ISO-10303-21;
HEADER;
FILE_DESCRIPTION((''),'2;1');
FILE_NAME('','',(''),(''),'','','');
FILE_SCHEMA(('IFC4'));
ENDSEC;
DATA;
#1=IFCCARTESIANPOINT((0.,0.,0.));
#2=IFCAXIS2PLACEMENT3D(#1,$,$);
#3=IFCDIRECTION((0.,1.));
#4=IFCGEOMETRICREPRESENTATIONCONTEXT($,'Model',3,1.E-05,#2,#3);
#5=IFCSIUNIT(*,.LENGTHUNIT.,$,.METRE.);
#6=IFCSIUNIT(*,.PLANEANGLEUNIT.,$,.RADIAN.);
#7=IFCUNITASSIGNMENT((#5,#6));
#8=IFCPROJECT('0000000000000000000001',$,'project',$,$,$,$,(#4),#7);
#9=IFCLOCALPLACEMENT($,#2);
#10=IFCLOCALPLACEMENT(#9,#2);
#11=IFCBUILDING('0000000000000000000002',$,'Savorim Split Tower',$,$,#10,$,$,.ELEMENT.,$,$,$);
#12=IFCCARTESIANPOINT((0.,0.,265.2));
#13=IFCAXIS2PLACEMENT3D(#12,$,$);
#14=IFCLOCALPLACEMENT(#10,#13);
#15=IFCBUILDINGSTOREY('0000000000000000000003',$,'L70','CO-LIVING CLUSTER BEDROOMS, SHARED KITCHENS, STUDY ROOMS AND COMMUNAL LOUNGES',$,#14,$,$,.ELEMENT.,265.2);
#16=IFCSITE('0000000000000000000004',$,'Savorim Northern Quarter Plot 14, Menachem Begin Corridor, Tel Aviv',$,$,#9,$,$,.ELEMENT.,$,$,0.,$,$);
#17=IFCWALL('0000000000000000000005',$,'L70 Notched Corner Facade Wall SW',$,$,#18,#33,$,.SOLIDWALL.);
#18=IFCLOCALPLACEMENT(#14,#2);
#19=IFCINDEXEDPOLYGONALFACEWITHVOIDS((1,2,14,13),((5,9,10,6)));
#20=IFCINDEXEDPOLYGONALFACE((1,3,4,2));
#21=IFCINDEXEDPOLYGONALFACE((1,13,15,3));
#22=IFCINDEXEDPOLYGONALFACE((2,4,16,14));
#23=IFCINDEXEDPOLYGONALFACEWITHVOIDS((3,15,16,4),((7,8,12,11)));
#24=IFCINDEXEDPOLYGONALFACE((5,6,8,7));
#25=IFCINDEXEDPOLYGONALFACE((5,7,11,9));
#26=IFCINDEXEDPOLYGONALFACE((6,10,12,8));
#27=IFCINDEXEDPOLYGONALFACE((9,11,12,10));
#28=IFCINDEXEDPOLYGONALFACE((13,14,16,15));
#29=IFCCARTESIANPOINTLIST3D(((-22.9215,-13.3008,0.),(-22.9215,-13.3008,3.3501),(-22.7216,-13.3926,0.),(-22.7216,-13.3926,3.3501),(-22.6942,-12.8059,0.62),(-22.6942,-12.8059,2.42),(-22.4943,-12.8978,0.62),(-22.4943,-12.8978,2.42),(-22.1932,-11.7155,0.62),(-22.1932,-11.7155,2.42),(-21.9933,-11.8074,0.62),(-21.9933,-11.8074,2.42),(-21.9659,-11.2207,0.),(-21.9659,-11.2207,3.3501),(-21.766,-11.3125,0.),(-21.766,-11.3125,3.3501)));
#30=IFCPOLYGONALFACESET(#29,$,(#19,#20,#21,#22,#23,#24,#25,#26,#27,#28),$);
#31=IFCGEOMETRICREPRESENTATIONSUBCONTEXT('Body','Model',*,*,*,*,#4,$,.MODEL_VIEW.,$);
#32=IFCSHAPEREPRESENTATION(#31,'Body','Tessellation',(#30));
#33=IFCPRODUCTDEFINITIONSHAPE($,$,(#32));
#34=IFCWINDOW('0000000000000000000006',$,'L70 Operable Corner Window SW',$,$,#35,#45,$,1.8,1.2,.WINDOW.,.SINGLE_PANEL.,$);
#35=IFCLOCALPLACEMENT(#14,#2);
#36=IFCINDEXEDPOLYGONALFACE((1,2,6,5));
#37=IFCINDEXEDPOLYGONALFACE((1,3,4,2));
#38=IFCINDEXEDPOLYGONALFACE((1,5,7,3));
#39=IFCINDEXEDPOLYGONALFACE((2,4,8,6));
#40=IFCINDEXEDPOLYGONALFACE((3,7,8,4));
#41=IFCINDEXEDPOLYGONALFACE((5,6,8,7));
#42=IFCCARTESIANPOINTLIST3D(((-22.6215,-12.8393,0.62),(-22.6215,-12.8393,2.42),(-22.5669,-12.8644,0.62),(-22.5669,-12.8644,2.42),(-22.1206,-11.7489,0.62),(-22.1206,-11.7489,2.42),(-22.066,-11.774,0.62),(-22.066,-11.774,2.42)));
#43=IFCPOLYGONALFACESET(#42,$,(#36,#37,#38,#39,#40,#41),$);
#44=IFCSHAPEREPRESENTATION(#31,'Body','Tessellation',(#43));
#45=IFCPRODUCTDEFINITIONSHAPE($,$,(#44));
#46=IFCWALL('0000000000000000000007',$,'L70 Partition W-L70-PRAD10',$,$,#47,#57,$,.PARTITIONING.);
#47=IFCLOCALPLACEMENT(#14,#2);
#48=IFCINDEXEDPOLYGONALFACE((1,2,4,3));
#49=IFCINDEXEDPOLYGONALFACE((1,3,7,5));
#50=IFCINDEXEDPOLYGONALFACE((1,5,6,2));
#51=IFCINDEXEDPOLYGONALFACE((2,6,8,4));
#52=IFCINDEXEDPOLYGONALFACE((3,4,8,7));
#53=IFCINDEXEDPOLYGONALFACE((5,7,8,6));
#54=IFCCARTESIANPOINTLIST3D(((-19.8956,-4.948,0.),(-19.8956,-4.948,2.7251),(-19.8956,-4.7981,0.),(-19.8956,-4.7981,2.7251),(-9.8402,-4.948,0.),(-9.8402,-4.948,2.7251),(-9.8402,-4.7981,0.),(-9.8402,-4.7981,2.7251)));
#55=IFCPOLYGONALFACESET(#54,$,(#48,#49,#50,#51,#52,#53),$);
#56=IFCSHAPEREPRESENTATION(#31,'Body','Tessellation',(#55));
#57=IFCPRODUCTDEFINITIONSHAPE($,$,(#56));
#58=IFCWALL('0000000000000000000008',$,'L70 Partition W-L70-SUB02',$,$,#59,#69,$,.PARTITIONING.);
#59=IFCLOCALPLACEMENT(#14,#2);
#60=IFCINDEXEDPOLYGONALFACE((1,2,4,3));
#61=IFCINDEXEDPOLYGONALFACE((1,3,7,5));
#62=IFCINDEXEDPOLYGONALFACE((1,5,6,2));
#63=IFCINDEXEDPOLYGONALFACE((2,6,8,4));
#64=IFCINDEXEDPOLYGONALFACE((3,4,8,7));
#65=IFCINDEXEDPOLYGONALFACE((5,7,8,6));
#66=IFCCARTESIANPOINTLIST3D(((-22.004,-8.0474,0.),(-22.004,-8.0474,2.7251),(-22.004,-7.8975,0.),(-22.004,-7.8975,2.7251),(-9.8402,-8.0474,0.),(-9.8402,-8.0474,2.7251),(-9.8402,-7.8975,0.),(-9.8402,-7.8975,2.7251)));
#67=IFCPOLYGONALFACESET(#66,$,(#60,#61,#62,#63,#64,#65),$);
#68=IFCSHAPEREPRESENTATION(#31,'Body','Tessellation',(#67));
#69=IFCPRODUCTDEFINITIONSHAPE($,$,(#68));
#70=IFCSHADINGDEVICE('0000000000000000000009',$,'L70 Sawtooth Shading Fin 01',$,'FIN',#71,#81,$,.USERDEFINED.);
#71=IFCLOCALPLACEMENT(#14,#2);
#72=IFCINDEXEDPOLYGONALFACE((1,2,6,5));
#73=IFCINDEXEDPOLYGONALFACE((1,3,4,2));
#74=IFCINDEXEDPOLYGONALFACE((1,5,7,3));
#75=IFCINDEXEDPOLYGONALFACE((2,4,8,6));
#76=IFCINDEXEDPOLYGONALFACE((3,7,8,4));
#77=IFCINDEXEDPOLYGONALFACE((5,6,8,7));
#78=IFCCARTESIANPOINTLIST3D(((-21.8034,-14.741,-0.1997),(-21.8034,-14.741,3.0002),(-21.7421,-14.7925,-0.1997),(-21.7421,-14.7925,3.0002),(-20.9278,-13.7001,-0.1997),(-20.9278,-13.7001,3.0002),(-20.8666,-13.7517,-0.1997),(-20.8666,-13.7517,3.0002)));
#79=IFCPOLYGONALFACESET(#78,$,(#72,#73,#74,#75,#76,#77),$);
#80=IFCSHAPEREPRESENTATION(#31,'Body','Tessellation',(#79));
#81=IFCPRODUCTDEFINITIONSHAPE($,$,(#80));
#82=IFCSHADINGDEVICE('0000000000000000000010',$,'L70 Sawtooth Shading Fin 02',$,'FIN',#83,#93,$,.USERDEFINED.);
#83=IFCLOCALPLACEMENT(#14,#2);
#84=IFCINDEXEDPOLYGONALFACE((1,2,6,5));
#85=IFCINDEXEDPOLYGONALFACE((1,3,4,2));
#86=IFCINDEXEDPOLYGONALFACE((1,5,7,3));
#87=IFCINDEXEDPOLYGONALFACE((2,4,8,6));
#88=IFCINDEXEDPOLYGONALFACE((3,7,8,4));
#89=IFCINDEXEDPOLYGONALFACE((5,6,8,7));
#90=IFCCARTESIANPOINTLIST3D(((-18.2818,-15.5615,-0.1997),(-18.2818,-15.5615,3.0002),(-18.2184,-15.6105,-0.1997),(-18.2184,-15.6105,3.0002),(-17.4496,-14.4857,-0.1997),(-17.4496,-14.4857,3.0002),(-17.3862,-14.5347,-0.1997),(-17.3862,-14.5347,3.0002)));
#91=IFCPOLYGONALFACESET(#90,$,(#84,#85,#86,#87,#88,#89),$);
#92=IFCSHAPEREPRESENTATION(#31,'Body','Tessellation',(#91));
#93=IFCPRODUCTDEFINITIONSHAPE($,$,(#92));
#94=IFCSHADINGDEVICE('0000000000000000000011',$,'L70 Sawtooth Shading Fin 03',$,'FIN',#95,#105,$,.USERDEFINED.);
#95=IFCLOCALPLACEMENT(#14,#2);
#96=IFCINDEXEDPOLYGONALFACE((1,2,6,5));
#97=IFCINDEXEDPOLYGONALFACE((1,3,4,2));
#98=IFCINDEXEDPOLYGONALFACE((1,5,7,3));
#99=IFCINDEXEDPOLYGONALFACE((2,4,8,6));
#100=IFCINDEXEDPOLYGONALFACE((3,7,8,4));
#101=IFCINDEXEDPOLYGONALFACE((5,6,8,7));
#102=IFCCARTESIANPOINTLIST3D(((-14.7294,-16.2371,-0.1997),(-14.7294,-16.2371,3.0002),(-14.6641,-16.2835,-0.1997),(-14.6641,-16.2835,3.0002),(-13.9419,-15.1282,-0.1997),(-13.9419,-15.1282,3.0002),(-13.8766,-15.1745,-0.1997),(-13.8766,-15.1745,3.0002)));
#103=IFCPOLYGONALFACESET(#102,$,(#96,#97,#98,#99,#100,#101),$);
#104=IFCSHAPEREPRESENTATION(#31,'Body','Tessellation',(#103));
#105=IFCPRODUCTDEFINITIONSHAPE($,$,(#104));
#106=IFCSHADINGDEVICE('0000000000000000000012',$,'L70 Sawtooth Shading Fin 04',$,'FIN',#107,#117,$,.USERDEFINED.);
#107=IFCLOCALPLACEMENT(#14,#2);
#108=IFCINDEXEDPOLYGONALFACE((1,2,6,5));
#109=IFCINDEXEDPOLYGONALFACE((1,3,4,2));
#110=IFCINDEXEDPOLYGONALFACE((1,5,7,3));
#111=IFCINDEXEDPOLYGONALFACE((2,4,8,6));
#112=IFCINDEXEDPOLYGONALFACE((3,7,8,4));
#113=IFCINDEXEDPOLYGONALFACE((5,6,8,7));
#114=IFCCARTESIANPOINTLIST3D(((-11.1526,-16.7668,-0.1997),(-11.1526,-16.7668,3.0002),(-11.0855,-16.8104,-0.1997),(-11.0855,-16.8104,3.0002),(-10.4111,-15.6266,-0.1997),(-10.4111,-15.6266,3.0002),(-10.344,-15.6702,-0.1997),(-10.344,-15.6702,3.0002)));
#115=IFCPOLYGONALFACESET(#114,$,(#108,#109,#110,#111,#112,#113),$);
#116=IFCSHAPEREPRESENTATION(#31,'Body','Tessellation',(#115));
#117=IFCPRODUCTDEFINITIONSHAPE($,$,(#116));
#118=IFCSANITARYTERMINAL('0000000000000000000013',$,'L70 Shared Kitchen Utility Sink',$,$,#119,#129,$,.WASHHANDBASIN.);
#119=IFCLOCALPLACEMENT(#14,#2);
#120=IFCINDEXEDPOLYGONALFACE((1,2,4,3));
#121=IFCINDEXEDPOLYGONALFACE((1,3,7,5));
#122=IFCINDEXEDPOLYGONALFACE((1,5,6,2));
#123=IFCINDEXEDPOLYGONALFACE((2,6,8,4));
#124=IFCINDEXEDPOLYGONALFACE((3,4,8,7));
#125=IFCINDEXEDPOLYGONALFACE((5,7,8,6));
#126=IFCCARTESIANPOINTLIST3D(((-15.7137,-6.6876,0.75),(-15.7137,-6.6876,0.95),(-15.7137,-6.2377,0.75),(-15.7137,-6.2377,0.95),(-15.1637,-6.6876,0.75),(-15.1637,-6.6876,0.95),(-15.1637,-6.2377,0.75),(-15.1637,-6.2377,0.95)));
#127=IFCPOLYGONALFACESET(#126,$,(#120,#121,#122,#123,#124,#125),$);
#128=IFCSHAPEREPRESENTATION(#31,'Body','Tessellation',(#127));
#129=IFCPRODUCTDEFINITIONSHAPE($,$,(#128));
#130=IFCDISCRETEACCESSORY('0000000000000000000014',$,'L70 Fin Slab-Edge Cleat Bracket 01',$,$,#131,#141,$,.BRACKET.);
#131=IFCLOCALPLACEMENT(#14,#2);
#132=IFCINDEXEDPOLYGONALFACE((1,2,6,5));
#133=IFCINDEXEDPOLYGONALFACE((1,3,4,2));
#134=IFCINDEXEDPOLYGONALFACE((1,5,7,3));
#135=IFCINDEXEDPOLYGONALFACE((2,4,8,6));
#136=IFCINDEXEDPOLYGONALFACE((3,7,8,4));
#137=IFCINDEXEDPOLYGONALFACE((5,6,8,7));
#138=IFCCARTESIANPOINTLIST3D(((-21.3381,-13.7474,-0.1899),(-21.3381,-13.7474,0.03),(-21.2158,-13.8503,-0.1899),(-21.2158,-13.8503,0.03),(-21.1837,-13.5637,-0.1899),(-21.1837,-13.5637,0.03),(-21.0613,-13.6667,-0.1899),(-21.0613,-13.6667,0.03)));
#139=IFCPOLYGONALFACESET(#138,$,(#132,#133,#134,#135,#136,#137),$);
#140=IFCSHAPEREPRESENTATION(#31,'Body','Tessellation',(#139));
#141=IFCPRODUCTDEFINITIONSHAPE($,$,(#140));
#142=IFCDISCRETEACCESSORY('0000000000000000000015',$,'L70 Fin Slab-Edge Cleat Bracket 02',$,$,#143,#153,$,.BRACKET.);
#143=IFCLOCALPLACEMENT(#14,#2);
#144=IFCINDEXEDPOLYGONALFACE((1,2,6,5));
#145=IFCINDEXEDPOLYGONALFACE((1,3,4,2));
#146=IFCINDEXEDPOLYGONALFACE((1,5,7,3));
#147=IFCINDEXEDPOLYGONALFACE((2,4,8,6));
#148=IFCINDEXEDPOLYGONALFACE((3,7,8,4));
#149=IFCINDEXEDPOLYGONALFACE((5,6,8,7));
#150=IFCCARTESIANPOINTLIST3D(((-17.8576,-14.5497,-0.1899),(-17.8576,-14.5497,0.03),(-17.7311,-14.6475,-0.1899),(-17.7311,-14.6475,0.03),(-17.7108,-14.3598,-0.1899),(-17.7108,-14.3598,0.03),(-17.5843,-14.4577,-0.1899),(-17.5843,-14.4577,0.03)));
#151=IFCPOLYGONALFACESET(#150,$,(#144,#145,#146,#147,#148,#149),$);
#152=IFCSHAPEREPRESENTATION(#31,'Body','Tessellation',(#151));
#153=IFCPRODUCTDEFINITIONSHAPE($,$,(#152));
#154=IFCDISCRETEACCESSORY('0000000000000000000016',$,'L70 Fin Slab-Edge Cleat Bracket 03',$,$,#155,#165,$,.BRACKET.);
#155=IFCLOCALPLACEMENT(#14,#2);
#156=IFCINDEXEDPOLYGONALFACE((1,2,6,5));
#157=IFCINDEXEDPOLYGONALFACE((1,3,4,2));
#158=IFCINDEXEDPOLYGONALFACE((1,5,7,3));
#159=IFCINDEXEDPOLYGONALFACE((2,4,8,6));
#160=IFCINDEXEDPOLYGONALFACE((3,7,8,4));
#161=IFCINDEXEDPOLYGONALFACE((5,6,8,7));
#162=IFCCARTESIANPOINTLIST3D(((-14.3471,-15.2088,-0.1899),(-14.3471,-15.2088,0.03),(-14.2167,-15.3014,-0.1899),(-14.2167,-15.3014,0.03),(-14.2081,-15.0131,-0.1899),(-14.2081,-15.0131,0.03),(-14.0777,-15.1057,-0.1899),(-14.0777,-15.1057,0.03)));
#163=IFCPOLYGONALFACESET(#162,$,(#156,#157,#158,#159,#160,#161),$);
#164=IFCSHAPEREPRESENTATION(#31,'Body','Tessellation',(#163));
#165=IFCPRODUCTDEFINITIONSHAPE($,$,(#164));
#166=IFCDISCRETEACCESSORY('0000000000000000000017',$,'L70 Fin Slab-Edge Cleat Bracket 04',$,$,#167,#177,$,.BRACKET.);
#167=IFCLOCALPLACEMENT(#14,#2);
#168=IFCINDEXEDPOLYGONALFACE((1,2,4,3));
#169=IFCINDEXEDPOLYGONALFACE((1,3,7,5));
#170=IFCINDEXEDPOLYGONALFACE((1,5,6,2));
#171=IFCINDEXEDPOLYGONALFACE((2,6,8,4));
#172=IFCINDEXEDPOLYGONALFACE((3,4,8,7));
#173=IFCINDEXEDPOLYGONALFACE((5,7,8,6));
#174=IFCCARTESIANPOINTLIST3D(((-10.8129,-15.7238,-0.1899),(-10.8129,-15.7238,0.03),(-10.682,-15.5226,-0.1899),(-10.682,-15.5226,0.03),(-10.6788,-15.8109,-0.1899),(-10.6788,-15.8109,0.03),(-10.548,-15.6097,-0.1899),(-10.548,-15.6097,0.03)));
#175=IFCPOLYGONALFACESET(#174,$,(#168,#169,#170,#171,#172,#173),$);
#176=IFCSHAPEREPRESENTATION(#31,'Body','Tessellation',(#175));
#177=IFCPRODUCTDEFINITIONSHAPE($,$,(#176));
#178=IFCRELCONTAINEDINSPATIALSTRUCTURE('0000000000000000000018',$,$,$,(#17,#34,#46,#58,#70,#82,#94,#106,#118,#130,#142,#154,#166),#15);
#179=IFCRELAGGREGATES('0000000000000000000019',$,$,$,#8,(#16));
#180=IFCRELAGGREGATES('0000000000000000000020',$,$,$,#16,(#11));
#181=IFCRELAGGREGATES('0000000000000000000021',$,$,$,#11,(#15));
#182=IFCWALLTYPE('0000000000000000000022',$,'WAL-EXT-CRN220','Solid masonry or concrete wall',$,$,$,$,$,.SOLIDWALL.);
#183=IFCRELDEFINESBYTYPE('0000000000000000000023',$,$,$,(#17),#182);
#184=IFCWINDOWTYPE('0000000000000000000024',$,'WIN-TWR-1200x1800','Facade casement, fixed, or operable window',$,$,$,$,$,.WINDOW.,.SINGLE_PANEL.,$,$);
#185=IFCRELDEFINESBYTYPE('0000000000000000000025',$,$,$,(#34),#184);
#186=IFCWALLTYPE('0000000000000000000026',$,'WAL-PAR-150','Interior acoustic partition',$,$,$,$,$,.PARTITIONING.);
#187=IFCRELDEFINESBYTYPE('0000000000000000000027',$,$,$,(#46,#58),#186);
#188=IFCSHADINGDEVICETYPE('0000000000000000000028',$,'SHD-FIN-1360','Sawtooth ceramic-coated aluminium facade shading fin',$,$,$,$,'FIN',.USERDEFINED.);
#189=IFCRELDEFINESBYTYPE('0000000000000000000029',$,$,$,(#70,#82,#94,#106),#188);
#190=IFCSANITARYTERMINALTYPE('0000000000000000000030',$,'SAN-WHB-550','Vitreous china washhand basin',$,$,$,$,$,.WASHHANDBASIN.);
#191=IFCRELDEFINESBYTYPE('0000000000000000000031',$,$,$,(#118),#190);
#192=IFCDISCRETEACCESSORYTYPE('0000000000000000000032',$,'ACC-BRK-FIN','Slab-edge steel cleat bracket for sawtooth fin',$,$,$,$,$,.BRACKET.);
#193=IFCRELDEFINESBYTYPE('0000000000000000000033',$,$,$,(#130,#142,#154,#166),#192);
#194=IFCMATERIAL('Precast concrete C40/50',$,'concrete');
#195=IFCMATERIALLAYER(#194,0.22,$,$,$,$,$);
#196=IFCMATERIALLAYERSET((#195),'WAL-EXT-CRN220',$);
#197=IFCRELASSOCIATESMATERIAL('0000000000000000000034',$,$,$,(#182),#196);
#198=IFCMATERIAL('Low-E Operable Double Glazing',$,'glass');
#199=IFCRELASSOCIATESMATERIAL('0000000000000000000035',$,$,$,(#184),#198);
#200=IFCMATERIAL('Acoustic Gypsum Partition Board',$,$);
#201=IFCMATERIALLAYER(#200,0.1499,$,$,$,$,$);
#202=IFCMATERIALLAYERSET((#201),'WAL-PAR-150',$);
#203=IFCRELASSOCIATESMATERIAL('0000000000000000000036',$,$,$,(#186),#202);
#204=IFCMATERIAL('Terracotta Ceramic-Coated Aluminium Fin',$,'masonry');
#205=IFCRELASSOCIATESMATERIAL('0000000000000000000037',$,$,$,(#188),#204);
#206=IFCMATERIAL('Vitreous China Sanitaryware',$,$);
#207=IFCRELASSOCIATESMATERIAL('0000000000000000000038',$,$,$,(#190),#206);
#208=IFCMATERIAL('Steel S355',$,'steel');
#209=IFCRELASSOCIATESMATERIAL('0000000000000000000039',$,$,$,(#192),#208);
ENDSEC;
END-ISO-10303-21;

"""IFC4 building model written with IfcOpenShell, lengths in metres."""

from ifc_helpers import new_model, si_unit, direction, frame, frame_2d, origin, origin_2d, place, context, subcontext, project, spatial, rectangle, extrude, material, layer, layer_set, type_object, element, fill, save


model = new_model("IFC4")

# Units and contexts
model_context = context("Model", 3, precision=1e-05, world=origin(), true_north=direction((0.0, 1.0)))
body_context = subcontext(model_context, "Body", "Model", "MODEL_VIEW")
ifc_project = project(units=[si_unit("LENGTHUNIT", "METRE"), si_unit("PLANEANGLEUNIT", "RADIAN")], contexts=[model_context])

# Site, building, storey
site_placement = place(None, origin())
site = spatial("IfcSite", under=ifc_project, at=site_placement, Name="Savorim Northern Quarter Plot 14, Menachem Begin Corridor, Tel Aviv", CompositionType="ELEMENT", RefElevation=0.0)
building_placement = place(site_placement, origin())
building = spatial("IfcBuilding", under=site, at=building_placement, Name="Savorim Split Tower", CompositionType="ELEMENT")
storey_placement = place(building_placement, frame((0.0, 0.0, 265.2)))
storey = spatial("IfcBuildingStorey", under=building, at=storey_placement, Name="L70", Description="CO-LIVING CLUSTER BEDROOMS, SHARED KITCHENS, STUDY ROOMS AND COMMUNAL LOUNGES", CompositionType="ELEMENT", Elevation=265.2)

# Shared definitions
ifc_material_1 = material(Name="Steel S355", Category="steel")

# Shared definitions
ifc_material_2 = material(Name="Precast concrete C40/50", Category="concrete")
ifc_layer_1 = layer(ifc_material_2, 0.22)
ifc_layer_set_1 = layer_set([ifc_layer_1], Name="WAL-EXT-CRN220")
wall_type_1 = type_object("IfcWallType", Name="WAL-EXT-CRN220", Description="Solid masonry or concrete wall", PredefinedType="SOLIDWALL", material=ifc_layer_set_1)

# Wall, opening, window
wall_1_placement = place(storey_placement, frame((-22.8215, -13.3467, 0.0), z_axis=(0.0, 0.0, 1.0), x_axis=(0.417448, 0.908701, 0.0)))
wall_1 = element("IfcWall", 1, at=wall_1_placement, inside=storey, type_object=wall_type_1, Name="L70 Notched Corner Facade Wall SW", PredefinedType="SOLIDWALL", context=body_context, shape_type="SweptSolid", body=[
    extrude(rectangle(XDim=2.2891, YDim=0.22, at=frame_2d((1.1445, 0.0))), origin(), (0.0, 0.0, 1.0), 3.3501),
])
opening_placement = place(wall_1_placement, frame((0.5444, 0.0, 0.6201)))
opening = element("IfcOpeningElement", 2, at=opening_placement, cuts=wall_1, PredefinedType="OPENING", context=body_context, shape_type="SweptSolid", body=[
    extrude(rectangle(XDim=1.2, YDim=1.8, at=frame_2d((0.6001, 0.8999))), frame((0.0, 0.1199, 0.0), z_axis=(0.0, -1.0, 0.0), x_axis=(1.0, 0.0, 0.0)), (0.0, 0.0, 1.0), 0.24),
])
ifc_material_3 = material(Name="Low-E Operable Double Glazing", Category="glass")
window_type = type_object("IfcWindowType", Name="WIN-TWR-1200x1800", Description="Facade casement, fixed, or operable window", PartitioningType="SINGLE_PANEL", PredefinedType="WINDOW", material=ifc_material_3)
window_placement = place(opening_placement, origin())
window = element("IfcWindow", 3, at=window_placement, inside=storey, type_object=window_type, Name="L70 Operable Corner Window SW", OverallHeight=1.8, OverallWidth=1.2, PartitioningType="SINGLE_PANEL", PredefinedType="WINDOW", context=body_context, shape_type="SweptSolid", body=[
    extrude(rectangle(XDim=1.2, YDim=1.8, at=frame_2d((0.6001, 0.8999))), frame((0.0, 0.03, 0.0), z_axis=(0.0, -1.0, 0.0), x_axis=(1.0, 0.0, 0.0)), (0.0, 0.0, 1.0), 0.0601),
])
fill(opening, window)

# Walls
ifc_material_4 = material(Name="Acoustic Gypsum Partition Board")
ifc_layer_2 = layer(ifc_material_4, 0.1499)
ifc_layer_set_2 = layer_set([ifc_layer_2], Name="WAL-PAR-150")
wall_type_2 = type_object("IfcWallType", Name="WAL-PAR-150", Description="Interior acoustic partition", PredefinedType="PARTITIONING", material=ifc_layer_set_2)
wall_2_placement = place(storey_placement, frame((-9.8401, -4.873, 0.0), z_axis=(0.0, 0.0, 1.0), x_axis=(-1.0, 0.0, 0.0)))
element("IfcWall", 4, at=wall_2_placement, inside=storey, type_object=wall_type_2, Name="L70 Partition W-L70-PRAD10", PredefinedType="PARTITIONING", context=body_context, shape_type="SweptSolid", body=[
    extrude(rectangle(XDim=10.0554, YDim=0.1499, at=frame_2d((5.0278, 0.0))), origin(), (0.0, 0.0, 1.0), 2.7251),
])
wall_3_placement = place(storey_placement, frame((-9.8401, -7.9724, 0.0), z_axis=(0.0, 0.0, 1.0), x_axis=(-1.0, 0.0, 0.0)))
element("IfcWall", 5, at=wall_3_placement, inside=storey, type_object=wall_type_2, Name="L70 Partition W-L70-SUB02", PredefinedType="PARTITIONING", context=body_context, shape_type="SweptSolid", body=[
    extrude(rectangle(XDim=12.1638, YDim=0.1499, at=frame_2d((6.082, 0.0))), origin(), (0.0, 0.0, 1.0), 2.7251),
])

# Shading devices
ifc_material_5 = material(Name="Terracotta Ceramic-Coated Aluminium Fin", Category="masonry")
shading_device_type = type_object("IfcShadingDeviceType", Name="SHD-FIN-1360", Description="Sawtooth ceramic-coated aluminium facade shading fin", ElementType="FIN", PredefinedType="USERDEFINED", material=ifc_material_5)
for number, where, z_axis, x_axis, name in (
    (6, (-21.335, -14.2463, -0.1997), (0.0, 0.0, 1.0), (-0.643719, -0.765262, 0.0), "L70 Sawtooth Shading Fin 01"),
    (7, (-17.834, -15.0481, -0.1997), (0.0, 0.0, 1.0), (-0.611868, -0.79096, 0.0), "L70 Sawtooth Shading Fin 02"),
    (8, (-14.303, -15.7058, -0.1997), (0.0, 0.0, 1.0), (-0.578994, -0.815332, 0.0), "L70 Sawtooth Shading Fin 03"),
    (9, (-10.7483, -16.2185, -0.1997), (0.0, 0.0, 1.0), (-0.545148, -0.83834, 0.0), "L70 Sawtooth Shading Fin 04"),
):
    element("IfcShadingDevice", number, at=place(storey_placement, frame(where, z_axis=z_axis, x_axis=x_axis)), inside=storey, type_object=shading_device_type, Name=name, ObjectType="FIN", PredefinedType="USERDEFINED", context=body_context, shape_type="SweptSolid", body=[
        extrude(rectangle(XDim=1.3601, YDim=0.0801, at=origin_2d()), origin(), (0.0, 0.0, 1.0), 3.2),
    ])

# Sanitary terminal
ifc_material_6 = material(Name="Vitreous China Sanitaryware")
sanitary_terminal_type = type_object("IfcSanitaryTerminalType", Name="SAN-WHB-550", Description="Vitreous china washhand basin", PredefinedType="WASHHANDBASIN", material=ifc_material_6)
sanitary_terminal_placement = place(storey_placement, frame((-15.4387, -6.4626, 0.75), z_axis=(0.0, 0.0, 1.0), x_axis=(1.0, 0.0, 0.0)))
element("IfcSanitaryTerminal", 10, at=sanitary_terminal_placement, inside=storey, type_object=sanitary_terminal_type, Name="L70 Shared Kitchen Utility Sink", PredefinedType="WASHHANDBASIN", context=body_context, shape_type="SweptSolid", body=[
    extrude(rectangle(XDim=0.55, YDim=0.45, at=origin_2d()), origin(), (0.0, 0.0, 1.0), 0.2),
])

# Discrete accessories
discrete_accessory_type = type_object("IfcDiscreteAccessoryType", Name="ACC-BRK-FIN", Description="Slab-edge steel cleat bracket for sawtooth fin", PredefinedType="BRACKET", material=ifc_material_1)
for number, where, z_axis, x_axis, name in (
    (11, (-21.1997, -13.707, -0.1899), (0.0, 0.0, 1.0), (-0.643719, -0.765262, 0.0), "L70 Fin Slab-Edge Cleat Bracket 01"),
    (12, (-17.7209, -14.5037, -0.1899), (0.0, 0.0, 1.0), (-0.611868, -0.79096, 0.0), "L70 Fin Slab-Edge Cleat Bracket 02"),
    (13, (-14.2124, -15.1572, -0.1899), (0.0, 0.0, 1.0), (-0.578994, -0.815332, 0.0), "L70 Fin Slab-Edge Cleat Bracket 03"),
    (14, (-10.6804, -15.6667, -0.1899), (0.0, 0.0, 1.0), (-0.545148, -0.83834, 0.0), "L70 Fin Slab-Edge Cleat Bracket 04"),
):
    element("IfcDiscreteAccessory", number, at=place(storey_placement, frame(where, z_axis=z_axis, x_axis=x_axis)), inside=storey, type_object=discrete_accessory_type, Name=name, PredefinedType="BRACKET", context=body_context, shape_type="SweptSolid", body=[
        extrude(rectangle(XDim=0.24, YDim=0.1599, at=origin_2d()), origin(), (0.0, 0.0, 1.0), 0.22),
    ])

save(model, "model.ifc")
